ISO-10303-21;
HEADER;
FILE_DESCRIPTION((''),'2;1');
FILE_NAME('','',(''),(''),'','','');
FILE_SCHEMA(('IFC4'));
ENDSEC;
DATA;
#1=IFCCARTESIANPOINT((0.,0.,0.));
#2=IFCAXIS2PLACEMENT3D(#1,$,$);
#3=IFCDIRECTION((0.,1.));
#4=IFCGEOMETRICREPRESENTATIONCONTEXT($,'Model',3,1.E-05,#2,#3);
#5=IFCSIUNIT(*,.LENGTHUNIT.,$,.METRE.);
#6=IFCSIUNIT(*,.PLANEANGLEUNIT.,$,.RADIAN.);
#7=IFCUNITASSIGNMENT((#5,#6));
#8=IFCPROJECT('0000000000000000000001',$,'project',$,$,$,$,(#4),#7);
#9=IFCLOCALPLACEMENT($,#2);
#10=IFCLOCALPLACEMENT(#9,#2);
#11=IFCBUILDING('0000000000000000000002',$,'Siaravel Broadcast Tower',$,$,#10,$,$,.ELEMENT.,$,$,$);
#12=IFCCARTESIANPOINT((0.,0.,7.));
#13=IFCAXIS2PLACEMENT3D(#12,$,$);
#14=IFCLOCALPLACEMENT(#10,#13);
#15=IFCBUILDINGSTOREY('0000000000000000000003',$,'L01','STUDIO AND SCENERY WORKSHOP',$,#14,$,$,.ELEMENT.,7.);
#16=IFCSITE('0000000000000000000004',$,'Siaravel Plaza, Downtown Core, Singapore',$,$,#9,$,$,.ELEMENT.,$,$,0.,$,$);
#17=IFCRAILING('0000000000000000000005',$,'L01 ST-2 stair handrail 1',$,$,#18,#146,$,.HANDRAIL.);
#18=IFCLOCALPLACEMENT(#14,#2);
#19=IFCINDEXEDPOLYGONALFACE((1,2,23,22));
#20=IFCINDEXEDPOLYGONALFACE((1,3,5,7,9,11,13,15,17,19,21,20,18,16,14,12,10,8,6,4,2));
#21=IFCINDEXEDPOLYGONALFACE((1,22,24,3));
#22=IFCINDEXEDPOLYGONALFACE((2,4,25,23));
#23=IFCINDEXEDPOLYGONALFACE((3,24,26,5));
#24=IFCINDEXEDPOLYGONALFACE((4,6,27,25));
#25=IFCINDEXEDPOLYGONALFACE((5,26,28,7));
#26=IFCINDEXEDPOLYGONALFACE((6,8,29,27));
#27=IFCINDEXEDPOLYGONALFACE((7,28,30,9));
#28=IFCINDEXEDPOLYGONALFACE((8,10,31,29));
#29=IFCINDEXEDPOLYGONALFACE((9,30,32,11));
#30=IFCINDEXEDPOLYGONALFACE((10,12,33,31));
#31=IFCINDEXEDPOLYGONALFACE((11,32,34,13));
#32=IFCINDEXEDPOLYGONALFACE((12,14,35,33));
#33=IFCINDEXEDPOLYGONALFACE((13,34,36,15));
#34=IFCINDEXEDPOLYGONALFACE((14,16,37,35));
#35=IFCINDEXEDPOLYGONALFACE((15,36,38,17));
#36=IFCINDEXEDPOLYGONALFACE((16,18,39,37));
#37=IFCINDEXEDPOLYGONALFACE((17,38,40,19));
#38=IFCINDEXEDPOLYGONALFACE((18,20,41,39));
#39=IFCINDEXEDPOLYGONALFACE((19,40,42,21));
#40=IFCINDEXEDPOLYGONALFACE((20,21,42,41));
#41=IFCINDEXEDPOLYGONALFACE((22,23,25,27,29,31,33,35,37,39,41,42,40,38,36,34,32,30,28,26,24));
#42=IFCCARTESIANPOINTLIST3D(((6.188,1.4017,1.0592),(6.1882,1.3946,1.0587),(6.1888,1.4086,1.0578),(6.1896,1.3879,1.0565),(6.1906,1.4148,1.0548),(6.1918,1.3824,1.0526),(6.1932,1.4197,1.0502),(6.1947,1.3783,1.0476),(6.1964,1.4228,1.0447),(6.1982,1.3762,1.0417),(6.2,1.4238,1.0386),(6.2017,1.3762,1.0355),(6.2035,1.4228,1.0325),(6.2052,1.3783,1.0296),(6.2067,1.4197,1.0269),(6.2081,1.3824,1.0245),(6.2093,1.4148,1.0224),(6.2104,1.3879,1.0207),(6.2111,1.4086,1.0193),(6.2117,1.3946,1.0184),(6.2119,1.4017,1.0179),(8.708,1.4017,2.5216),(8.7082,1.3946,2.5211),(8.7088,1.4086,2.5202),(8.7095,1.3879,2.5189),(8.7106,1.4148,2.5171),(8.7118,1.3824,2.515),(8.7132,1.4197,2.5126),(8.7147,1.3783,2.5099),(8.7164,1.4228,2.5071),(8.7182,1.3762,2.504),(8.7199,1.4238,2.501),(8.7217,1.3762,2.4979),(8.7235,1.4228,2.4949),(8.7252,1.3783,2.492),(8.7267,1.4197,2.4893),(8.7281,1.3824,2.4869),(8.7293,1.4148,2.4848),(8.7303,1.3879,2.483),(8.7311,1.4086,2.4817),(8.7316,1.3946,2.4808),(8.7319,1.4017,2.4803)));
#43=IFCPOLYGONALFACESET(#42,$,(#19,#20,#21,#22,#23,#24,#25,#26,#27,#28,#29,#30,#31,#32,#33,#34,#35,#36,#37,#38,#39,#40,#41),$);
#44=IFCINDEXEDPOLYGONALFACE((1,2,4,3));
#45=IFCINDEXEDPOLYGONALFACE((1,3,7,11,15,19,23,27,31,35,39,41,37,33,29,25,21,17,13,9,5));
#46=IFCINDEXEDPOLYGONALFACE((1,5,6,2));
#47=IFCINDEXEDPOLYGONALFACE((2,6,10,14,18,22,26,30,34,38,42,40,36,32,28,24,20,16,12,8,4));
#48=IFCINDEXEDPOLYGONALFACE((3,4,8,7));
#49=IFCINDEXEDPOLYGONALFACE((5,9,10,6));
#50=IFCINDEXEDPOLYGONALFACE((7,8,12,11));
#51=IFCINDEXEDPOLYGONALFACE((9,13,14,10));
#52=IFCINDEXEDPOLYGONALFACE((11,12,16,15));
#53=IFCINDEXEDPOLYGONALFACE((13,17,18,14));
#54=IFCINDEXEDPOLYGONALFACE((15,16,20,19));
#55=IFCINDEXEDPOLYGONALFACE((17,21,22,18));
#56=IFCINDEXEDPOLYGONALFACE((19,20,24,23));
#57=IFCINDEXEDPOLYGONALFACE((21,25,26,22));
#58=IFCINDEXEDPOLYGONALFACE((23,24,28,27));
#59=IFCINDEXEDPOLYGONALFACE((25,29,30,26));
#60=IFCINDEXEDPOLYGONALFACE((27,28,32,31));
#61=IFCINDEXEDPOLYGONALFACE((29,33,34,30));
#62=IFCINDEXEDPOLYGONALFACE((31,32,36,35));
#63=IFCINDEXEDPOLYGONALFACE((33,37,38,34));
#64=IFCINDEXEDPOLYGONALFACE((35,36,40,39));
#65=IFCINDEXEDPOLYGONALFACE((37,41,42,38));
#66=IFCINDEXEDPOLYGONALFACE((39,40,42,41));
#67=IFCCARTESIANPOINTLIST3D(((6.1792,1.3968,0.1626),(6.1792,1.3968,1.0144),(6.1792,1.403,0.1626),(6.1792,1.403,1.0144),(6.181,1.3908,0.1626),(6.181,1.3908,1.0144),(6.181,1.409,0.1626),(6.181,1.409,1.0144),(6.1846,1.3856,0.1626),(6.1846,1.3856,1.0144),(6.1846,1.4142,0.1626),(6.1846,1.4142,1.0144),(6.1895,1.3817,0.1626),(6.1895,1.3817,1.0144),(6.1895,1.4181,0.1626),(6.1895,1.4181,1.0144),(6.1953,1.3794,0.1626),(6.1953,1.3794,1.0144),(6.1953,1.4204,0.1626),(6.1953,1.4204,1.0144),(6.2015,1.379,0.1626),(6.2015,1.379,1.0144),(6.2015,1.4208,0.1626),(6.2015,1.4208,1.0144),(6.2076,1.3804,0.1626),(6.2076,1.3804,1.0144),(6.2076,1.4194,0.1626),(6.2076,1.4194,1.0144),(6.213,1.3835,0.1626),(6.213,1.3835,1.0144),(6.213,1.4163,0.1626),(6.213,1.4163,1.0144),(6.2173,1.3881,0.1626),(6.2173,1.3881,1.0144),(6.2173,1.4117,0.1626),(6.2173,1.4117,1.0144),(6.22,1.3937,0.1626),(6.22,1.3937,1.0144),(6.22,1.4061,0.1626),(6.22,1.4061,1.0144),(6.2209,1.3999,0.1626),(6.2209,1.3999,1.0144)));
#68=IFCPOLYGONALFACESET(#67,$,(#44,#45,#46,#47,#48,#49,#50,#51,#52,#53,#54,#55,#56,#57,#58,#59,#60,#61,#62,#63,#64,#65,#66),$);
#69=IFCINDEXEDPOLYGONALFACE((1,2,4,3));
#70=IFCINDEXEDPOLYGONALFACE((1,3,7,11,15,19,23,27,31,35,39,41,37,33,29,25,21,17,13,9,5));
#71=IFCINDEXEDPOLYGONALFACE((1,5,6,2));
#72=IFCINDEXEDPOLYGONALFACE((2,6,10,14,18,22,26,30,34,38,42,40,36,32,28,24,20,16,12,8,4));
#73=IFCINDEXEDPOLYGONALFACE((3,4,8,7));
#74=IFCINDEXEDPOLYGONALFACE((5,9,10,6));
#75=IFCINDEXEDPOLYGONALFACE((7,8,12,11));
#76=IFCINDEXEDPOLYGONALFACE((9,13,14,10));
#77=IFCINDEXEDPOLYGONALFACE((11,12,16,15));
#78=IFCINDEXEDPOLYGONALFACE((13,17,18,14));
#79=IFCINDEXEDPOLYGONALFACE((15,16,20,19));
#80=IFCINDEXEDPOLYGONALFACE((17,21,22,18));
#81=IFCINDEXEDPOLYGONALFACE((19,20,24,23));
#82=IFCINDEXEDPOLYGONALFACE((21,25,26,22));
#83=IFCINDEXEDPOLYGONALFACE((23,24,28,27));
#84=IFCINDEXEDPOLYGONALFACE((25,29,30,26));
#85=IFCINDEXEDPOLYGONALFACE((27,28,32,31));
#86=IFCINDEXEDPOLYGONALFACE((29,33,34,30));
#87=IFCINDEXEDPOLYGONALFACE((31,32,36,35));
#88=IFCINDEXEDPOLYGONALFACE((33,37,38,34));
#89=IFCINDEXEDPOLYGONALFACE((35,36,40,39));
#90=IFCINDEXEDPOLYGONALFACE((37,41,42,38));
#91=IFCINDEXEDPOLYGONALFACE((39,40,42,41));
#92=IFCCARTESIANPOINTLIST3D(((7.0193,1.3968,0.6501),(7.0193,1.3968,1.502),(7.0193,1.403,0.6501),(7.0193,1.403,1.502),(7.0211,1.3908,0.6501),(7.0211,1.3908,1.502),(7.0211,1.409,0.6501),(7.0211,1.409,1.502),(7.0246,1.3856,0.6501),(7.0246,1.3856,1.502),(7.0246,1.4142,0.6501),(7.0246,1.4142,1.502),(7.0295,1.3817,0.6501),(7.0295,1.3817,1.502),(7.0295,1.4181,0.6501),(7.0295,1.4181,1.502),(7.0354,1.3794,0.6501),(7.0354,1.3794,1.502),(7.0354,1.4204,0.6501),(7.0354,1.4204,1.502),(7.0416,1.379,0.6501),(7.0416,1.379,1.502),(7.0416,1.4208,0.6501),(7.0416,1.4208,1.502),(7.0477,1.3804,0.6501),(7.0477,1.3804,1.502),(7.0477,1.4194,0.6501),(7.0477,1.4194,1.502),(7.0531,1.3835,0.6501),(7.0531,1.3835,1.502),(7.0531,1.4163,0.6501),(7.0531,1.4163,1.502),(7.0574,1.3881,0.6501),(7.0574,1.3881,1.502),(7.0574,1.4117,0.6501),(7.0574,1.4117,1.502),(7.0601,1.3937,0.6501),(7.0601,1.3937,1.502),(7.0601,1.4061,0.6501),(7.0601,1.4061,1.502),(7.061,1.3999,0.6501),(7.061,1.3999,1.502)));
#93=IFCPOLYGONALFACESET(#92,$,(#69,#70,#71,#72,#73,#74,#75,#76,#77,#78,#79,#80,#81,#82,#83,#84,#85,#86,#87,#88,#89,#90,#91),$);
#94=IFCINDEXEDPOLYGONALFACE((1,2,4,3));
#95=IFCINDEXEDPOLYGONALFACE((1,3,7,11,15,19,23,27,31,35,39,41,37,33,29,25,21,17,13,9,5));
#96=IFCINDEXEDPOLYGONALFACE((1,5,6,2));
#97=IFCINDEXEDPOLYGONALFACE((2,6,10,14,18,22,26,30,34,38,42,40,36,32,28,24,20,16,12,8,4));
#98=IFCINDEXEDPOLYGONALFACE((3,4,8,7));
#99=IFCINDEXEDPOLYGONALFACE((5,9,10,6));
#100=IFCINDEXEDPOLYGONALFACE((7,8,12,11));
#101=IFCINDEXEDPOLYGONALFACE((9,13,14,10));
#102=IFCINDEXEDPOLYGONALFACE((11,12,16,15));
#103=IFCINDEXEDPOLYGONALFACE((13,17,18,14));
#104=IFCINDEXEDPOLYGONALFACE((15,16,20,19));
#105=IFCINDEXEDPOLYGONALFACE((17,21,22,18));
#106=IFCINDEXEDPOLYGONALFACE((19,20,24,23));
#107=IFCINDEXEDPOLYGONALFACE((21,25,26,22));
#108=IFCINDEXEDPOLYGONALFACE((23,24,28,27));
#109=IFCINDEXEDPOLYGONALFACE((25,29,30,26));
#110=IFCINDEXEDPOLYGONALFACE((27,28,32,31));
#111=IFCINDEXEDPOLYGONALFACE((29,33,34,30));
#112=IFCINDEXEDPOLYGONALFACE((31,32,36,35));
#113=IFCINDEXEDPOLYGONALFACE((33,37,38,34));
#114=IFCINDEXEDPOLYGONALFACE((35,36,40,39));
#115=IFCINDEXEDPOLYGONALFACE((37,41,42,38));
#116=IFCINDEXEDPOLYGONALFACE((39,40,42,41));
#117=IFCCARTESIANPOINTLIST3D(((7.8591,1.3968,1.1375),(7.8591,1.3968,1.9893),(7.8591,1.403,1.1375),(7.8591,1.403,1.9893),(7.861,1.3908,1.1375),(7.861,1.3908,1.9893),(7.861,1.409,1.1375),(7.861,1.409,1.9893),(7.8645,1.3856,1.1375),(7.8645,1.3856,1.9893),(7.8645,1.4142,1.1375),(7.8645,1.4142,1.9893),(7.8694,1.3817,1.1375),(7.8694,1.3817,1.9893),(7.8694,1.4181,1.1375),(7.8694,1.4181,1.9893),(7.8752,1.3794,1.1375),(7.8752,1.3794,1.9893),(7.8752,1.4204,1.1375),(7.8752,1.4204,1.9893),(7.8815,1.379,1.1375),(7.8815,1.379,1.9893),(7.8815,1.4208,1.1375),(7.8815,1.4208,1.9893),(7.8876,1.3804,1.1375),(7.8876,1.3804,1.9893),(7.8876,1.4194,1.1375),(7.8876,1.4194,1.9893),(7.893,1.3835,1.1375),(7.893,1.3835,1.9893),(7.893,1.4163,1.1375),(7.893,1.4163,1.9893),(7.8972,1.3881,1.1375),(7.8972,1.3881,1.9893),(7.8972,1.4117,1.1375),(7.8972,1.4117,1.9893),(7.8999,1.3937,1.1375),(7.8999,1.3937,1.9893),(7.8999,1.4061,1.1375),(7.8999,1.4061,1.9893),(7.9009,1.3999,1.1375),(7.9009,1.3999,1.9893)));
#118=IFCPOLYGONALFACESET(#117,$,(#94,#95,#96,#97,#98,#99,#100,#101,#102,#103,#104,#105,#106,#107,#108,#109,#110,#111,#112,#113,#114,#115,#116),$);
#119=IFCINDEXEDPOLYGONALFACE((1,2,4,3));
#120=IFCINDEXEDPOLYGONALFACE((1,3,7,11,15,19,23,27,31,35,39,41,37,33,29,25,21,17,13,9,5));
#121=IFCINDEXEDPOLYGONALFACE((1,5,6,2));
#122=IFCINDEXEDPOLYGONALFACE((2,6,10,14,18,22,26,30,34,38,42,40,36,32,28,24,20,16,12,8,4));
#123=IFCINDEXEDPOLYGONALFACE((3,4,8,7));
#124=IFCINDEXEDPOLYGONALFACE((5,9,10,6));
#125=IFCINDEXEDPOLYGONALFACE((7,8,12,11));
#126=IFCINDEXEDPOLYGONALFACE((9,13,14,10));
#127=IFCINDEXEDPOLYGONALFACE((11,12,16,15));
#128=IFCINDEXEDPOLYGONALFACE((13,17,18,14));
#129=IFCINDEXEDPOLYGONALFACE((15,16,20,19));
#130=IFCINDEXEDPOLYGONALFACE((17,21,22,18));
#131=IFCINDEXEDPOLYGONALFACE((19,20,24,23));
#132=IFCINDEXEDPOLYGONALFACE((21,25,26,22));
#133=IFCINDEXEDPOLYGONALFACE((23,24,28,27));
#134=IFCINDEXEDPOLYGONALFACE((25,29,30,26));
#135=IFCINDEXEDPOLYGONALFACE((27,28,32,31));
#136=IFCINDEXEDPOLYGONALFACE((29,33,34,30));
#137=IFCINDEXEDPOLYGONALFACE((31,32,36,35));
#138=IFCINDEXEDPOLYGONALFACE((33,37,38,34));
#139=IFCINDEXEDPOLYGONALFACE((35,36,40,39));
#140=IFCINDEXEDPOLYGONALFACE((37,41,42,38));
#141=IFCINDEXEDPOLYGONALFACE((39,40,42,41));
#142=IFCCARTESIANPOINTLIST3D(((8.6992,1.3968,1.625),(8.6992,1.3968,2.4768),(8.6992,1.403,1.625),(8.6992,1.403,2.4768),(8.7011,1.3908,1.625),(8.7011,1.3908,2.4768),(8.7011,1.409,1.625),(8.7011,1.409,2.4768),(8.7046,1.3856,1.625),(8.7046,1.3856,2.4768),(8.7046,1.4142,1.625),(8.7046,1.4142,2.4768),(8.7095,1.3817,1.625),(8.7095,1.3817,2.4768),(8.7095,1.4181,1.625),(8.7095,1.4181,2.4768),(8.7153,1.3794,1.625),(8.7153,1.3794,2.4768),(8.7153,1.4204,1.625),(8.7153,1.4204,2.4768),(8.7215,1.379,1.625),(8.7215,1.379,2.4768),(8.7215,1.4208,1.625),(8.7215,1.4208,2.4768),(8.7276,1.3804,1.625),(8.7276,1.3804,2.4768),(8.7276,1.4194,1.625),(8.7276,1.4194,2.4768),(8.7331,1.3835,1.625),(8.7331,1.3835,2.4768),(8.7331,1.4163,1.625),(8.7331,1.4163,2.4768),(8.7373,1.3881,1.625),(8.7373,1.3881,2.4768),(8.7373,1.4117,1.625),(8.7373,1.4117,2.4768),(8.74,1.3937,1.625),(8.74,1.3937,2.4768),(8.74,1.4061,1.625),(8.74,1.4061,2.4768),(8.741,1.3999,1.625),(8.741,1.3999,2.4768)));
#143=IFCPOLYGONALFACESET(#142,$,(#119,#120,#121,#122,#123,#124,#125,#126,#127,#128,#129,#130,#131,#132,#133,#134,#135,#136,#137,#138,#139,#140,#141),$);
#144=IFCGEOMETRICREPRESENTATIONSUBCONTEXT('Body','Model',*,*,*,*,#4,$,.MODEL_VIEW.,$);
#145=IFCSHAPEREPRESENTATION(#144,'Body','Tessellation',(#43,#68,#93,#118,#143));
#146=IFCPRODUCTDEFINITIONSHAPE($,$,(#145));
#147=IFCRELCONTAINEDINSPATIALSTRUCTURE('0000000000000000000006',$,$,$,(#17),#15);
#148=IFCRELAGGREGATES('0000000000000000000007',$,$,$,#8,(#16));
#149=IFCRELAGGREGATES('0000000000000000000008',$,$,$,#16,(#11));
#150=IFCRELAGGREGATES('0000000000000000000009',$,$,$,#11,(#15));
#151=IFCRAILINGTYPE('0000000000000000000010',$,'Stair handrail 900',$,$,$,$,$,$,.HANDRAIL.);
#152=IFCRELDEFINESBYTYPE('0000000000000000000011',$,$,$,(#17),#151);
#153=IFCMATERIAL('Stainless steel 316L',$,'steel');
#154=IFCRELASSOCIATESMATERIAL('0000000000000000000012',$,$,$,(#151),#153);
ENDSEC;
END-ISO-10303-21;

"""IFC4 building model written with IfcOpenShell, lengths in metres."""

from ifc_helpers import new_model, si_unit, direction, frame, origin, origin_2d, place, context, subcontext, project, spatial, circle, extrude, material, type_object, element, save


model = new_model("IFC4")

# Units and contexts
model_context = context("Model", 3, precision=1e-05, world=origin(), true_north=direction((0.0, 1.0)))
body_context = subcontext(model_context, "Body", "Model", "MODEL_VIEW")
ifc_project = project(units=[si_unit("LENGTHUNIT", "METRE"), si_unit("PLANEANGLEUNIT", "RADIAN")], contexts=[model_context])

# Site, building, storey
site_placement = place(None, origin())
site = spatial("IfcSite", under=ifc_project, at=site_placement, Name="Siaravel Plaza, Downtown Core, Singapore", CompositionType="ELEMENT", RefElevation=0.0)
building_placement = place(site_placement, origin())
building = spatial("IfcBuilding", under=site, at=building_placement, Name="Siaravel Broadcast Tower", CompositionType="ELEMENT")
storey_placement = place(building_placement, frame((0.0, 0.0, 7.0)))
storey = spatial("IfcBuildingStorey", under=building, at=storey_placement, Name="L01", Description="STUDIO AND SCENERY WORKSHOP", CompositionType="ELEMENT", Elevation=7.0)

# Railing
ifc_material_1 = material(Name="Stainless steel 316L", Category="steel")
railing_type_1 = type_object("IfcRailingType", Name="Stair handrail 900", PredefinedType="HANDRAIL", material=ifc_material_1)
railing_1_placement = place(storey_placement, frame((6.2, 1.3999, 0.1626)))
element("IfcRailing", 1, at=railing_1_placement, inside=storey, type_object=railing_type_1, Name="L01 ST-2 stair handrail 1", PredefinedType="HANDRAIL", context=body_context, shape_type="SweptSolid", body=[
    extrude(circle(Radius=0.0239, at=origin_2d()), frame((0.0, 0.0, 0.876), z_axis=(0.864913, 0.0, 0.501921), x_axis=(0.0, 1.0, 0.0)), (0.0, 0.0, 1.0), 2.9136),
    extrude(circle(Radius=0.021, at=origin_2d()), origin(), (0.0, 0.0, 1.0), 0.8518),
    extrude(circle(Radius=0.021, at=origin_2d()), frame((0.8401, 0.0, 0.4875)), (0.0, 0.0, 1.0), 0.8518),
    extrude(circle(Radius=0.021, at=origin_2d()), frame((1.6799, 0.0, 0.9749)), (0.0, 0.0, 1.0), 0.8518),
    extrude(circle(Radius=0.021, at=origin_2d()), frame((2.52, 0.0, 1.4624)), (0.0, 0.0, 1.0), 0.8518),
])

save(model, "model.ifc")
